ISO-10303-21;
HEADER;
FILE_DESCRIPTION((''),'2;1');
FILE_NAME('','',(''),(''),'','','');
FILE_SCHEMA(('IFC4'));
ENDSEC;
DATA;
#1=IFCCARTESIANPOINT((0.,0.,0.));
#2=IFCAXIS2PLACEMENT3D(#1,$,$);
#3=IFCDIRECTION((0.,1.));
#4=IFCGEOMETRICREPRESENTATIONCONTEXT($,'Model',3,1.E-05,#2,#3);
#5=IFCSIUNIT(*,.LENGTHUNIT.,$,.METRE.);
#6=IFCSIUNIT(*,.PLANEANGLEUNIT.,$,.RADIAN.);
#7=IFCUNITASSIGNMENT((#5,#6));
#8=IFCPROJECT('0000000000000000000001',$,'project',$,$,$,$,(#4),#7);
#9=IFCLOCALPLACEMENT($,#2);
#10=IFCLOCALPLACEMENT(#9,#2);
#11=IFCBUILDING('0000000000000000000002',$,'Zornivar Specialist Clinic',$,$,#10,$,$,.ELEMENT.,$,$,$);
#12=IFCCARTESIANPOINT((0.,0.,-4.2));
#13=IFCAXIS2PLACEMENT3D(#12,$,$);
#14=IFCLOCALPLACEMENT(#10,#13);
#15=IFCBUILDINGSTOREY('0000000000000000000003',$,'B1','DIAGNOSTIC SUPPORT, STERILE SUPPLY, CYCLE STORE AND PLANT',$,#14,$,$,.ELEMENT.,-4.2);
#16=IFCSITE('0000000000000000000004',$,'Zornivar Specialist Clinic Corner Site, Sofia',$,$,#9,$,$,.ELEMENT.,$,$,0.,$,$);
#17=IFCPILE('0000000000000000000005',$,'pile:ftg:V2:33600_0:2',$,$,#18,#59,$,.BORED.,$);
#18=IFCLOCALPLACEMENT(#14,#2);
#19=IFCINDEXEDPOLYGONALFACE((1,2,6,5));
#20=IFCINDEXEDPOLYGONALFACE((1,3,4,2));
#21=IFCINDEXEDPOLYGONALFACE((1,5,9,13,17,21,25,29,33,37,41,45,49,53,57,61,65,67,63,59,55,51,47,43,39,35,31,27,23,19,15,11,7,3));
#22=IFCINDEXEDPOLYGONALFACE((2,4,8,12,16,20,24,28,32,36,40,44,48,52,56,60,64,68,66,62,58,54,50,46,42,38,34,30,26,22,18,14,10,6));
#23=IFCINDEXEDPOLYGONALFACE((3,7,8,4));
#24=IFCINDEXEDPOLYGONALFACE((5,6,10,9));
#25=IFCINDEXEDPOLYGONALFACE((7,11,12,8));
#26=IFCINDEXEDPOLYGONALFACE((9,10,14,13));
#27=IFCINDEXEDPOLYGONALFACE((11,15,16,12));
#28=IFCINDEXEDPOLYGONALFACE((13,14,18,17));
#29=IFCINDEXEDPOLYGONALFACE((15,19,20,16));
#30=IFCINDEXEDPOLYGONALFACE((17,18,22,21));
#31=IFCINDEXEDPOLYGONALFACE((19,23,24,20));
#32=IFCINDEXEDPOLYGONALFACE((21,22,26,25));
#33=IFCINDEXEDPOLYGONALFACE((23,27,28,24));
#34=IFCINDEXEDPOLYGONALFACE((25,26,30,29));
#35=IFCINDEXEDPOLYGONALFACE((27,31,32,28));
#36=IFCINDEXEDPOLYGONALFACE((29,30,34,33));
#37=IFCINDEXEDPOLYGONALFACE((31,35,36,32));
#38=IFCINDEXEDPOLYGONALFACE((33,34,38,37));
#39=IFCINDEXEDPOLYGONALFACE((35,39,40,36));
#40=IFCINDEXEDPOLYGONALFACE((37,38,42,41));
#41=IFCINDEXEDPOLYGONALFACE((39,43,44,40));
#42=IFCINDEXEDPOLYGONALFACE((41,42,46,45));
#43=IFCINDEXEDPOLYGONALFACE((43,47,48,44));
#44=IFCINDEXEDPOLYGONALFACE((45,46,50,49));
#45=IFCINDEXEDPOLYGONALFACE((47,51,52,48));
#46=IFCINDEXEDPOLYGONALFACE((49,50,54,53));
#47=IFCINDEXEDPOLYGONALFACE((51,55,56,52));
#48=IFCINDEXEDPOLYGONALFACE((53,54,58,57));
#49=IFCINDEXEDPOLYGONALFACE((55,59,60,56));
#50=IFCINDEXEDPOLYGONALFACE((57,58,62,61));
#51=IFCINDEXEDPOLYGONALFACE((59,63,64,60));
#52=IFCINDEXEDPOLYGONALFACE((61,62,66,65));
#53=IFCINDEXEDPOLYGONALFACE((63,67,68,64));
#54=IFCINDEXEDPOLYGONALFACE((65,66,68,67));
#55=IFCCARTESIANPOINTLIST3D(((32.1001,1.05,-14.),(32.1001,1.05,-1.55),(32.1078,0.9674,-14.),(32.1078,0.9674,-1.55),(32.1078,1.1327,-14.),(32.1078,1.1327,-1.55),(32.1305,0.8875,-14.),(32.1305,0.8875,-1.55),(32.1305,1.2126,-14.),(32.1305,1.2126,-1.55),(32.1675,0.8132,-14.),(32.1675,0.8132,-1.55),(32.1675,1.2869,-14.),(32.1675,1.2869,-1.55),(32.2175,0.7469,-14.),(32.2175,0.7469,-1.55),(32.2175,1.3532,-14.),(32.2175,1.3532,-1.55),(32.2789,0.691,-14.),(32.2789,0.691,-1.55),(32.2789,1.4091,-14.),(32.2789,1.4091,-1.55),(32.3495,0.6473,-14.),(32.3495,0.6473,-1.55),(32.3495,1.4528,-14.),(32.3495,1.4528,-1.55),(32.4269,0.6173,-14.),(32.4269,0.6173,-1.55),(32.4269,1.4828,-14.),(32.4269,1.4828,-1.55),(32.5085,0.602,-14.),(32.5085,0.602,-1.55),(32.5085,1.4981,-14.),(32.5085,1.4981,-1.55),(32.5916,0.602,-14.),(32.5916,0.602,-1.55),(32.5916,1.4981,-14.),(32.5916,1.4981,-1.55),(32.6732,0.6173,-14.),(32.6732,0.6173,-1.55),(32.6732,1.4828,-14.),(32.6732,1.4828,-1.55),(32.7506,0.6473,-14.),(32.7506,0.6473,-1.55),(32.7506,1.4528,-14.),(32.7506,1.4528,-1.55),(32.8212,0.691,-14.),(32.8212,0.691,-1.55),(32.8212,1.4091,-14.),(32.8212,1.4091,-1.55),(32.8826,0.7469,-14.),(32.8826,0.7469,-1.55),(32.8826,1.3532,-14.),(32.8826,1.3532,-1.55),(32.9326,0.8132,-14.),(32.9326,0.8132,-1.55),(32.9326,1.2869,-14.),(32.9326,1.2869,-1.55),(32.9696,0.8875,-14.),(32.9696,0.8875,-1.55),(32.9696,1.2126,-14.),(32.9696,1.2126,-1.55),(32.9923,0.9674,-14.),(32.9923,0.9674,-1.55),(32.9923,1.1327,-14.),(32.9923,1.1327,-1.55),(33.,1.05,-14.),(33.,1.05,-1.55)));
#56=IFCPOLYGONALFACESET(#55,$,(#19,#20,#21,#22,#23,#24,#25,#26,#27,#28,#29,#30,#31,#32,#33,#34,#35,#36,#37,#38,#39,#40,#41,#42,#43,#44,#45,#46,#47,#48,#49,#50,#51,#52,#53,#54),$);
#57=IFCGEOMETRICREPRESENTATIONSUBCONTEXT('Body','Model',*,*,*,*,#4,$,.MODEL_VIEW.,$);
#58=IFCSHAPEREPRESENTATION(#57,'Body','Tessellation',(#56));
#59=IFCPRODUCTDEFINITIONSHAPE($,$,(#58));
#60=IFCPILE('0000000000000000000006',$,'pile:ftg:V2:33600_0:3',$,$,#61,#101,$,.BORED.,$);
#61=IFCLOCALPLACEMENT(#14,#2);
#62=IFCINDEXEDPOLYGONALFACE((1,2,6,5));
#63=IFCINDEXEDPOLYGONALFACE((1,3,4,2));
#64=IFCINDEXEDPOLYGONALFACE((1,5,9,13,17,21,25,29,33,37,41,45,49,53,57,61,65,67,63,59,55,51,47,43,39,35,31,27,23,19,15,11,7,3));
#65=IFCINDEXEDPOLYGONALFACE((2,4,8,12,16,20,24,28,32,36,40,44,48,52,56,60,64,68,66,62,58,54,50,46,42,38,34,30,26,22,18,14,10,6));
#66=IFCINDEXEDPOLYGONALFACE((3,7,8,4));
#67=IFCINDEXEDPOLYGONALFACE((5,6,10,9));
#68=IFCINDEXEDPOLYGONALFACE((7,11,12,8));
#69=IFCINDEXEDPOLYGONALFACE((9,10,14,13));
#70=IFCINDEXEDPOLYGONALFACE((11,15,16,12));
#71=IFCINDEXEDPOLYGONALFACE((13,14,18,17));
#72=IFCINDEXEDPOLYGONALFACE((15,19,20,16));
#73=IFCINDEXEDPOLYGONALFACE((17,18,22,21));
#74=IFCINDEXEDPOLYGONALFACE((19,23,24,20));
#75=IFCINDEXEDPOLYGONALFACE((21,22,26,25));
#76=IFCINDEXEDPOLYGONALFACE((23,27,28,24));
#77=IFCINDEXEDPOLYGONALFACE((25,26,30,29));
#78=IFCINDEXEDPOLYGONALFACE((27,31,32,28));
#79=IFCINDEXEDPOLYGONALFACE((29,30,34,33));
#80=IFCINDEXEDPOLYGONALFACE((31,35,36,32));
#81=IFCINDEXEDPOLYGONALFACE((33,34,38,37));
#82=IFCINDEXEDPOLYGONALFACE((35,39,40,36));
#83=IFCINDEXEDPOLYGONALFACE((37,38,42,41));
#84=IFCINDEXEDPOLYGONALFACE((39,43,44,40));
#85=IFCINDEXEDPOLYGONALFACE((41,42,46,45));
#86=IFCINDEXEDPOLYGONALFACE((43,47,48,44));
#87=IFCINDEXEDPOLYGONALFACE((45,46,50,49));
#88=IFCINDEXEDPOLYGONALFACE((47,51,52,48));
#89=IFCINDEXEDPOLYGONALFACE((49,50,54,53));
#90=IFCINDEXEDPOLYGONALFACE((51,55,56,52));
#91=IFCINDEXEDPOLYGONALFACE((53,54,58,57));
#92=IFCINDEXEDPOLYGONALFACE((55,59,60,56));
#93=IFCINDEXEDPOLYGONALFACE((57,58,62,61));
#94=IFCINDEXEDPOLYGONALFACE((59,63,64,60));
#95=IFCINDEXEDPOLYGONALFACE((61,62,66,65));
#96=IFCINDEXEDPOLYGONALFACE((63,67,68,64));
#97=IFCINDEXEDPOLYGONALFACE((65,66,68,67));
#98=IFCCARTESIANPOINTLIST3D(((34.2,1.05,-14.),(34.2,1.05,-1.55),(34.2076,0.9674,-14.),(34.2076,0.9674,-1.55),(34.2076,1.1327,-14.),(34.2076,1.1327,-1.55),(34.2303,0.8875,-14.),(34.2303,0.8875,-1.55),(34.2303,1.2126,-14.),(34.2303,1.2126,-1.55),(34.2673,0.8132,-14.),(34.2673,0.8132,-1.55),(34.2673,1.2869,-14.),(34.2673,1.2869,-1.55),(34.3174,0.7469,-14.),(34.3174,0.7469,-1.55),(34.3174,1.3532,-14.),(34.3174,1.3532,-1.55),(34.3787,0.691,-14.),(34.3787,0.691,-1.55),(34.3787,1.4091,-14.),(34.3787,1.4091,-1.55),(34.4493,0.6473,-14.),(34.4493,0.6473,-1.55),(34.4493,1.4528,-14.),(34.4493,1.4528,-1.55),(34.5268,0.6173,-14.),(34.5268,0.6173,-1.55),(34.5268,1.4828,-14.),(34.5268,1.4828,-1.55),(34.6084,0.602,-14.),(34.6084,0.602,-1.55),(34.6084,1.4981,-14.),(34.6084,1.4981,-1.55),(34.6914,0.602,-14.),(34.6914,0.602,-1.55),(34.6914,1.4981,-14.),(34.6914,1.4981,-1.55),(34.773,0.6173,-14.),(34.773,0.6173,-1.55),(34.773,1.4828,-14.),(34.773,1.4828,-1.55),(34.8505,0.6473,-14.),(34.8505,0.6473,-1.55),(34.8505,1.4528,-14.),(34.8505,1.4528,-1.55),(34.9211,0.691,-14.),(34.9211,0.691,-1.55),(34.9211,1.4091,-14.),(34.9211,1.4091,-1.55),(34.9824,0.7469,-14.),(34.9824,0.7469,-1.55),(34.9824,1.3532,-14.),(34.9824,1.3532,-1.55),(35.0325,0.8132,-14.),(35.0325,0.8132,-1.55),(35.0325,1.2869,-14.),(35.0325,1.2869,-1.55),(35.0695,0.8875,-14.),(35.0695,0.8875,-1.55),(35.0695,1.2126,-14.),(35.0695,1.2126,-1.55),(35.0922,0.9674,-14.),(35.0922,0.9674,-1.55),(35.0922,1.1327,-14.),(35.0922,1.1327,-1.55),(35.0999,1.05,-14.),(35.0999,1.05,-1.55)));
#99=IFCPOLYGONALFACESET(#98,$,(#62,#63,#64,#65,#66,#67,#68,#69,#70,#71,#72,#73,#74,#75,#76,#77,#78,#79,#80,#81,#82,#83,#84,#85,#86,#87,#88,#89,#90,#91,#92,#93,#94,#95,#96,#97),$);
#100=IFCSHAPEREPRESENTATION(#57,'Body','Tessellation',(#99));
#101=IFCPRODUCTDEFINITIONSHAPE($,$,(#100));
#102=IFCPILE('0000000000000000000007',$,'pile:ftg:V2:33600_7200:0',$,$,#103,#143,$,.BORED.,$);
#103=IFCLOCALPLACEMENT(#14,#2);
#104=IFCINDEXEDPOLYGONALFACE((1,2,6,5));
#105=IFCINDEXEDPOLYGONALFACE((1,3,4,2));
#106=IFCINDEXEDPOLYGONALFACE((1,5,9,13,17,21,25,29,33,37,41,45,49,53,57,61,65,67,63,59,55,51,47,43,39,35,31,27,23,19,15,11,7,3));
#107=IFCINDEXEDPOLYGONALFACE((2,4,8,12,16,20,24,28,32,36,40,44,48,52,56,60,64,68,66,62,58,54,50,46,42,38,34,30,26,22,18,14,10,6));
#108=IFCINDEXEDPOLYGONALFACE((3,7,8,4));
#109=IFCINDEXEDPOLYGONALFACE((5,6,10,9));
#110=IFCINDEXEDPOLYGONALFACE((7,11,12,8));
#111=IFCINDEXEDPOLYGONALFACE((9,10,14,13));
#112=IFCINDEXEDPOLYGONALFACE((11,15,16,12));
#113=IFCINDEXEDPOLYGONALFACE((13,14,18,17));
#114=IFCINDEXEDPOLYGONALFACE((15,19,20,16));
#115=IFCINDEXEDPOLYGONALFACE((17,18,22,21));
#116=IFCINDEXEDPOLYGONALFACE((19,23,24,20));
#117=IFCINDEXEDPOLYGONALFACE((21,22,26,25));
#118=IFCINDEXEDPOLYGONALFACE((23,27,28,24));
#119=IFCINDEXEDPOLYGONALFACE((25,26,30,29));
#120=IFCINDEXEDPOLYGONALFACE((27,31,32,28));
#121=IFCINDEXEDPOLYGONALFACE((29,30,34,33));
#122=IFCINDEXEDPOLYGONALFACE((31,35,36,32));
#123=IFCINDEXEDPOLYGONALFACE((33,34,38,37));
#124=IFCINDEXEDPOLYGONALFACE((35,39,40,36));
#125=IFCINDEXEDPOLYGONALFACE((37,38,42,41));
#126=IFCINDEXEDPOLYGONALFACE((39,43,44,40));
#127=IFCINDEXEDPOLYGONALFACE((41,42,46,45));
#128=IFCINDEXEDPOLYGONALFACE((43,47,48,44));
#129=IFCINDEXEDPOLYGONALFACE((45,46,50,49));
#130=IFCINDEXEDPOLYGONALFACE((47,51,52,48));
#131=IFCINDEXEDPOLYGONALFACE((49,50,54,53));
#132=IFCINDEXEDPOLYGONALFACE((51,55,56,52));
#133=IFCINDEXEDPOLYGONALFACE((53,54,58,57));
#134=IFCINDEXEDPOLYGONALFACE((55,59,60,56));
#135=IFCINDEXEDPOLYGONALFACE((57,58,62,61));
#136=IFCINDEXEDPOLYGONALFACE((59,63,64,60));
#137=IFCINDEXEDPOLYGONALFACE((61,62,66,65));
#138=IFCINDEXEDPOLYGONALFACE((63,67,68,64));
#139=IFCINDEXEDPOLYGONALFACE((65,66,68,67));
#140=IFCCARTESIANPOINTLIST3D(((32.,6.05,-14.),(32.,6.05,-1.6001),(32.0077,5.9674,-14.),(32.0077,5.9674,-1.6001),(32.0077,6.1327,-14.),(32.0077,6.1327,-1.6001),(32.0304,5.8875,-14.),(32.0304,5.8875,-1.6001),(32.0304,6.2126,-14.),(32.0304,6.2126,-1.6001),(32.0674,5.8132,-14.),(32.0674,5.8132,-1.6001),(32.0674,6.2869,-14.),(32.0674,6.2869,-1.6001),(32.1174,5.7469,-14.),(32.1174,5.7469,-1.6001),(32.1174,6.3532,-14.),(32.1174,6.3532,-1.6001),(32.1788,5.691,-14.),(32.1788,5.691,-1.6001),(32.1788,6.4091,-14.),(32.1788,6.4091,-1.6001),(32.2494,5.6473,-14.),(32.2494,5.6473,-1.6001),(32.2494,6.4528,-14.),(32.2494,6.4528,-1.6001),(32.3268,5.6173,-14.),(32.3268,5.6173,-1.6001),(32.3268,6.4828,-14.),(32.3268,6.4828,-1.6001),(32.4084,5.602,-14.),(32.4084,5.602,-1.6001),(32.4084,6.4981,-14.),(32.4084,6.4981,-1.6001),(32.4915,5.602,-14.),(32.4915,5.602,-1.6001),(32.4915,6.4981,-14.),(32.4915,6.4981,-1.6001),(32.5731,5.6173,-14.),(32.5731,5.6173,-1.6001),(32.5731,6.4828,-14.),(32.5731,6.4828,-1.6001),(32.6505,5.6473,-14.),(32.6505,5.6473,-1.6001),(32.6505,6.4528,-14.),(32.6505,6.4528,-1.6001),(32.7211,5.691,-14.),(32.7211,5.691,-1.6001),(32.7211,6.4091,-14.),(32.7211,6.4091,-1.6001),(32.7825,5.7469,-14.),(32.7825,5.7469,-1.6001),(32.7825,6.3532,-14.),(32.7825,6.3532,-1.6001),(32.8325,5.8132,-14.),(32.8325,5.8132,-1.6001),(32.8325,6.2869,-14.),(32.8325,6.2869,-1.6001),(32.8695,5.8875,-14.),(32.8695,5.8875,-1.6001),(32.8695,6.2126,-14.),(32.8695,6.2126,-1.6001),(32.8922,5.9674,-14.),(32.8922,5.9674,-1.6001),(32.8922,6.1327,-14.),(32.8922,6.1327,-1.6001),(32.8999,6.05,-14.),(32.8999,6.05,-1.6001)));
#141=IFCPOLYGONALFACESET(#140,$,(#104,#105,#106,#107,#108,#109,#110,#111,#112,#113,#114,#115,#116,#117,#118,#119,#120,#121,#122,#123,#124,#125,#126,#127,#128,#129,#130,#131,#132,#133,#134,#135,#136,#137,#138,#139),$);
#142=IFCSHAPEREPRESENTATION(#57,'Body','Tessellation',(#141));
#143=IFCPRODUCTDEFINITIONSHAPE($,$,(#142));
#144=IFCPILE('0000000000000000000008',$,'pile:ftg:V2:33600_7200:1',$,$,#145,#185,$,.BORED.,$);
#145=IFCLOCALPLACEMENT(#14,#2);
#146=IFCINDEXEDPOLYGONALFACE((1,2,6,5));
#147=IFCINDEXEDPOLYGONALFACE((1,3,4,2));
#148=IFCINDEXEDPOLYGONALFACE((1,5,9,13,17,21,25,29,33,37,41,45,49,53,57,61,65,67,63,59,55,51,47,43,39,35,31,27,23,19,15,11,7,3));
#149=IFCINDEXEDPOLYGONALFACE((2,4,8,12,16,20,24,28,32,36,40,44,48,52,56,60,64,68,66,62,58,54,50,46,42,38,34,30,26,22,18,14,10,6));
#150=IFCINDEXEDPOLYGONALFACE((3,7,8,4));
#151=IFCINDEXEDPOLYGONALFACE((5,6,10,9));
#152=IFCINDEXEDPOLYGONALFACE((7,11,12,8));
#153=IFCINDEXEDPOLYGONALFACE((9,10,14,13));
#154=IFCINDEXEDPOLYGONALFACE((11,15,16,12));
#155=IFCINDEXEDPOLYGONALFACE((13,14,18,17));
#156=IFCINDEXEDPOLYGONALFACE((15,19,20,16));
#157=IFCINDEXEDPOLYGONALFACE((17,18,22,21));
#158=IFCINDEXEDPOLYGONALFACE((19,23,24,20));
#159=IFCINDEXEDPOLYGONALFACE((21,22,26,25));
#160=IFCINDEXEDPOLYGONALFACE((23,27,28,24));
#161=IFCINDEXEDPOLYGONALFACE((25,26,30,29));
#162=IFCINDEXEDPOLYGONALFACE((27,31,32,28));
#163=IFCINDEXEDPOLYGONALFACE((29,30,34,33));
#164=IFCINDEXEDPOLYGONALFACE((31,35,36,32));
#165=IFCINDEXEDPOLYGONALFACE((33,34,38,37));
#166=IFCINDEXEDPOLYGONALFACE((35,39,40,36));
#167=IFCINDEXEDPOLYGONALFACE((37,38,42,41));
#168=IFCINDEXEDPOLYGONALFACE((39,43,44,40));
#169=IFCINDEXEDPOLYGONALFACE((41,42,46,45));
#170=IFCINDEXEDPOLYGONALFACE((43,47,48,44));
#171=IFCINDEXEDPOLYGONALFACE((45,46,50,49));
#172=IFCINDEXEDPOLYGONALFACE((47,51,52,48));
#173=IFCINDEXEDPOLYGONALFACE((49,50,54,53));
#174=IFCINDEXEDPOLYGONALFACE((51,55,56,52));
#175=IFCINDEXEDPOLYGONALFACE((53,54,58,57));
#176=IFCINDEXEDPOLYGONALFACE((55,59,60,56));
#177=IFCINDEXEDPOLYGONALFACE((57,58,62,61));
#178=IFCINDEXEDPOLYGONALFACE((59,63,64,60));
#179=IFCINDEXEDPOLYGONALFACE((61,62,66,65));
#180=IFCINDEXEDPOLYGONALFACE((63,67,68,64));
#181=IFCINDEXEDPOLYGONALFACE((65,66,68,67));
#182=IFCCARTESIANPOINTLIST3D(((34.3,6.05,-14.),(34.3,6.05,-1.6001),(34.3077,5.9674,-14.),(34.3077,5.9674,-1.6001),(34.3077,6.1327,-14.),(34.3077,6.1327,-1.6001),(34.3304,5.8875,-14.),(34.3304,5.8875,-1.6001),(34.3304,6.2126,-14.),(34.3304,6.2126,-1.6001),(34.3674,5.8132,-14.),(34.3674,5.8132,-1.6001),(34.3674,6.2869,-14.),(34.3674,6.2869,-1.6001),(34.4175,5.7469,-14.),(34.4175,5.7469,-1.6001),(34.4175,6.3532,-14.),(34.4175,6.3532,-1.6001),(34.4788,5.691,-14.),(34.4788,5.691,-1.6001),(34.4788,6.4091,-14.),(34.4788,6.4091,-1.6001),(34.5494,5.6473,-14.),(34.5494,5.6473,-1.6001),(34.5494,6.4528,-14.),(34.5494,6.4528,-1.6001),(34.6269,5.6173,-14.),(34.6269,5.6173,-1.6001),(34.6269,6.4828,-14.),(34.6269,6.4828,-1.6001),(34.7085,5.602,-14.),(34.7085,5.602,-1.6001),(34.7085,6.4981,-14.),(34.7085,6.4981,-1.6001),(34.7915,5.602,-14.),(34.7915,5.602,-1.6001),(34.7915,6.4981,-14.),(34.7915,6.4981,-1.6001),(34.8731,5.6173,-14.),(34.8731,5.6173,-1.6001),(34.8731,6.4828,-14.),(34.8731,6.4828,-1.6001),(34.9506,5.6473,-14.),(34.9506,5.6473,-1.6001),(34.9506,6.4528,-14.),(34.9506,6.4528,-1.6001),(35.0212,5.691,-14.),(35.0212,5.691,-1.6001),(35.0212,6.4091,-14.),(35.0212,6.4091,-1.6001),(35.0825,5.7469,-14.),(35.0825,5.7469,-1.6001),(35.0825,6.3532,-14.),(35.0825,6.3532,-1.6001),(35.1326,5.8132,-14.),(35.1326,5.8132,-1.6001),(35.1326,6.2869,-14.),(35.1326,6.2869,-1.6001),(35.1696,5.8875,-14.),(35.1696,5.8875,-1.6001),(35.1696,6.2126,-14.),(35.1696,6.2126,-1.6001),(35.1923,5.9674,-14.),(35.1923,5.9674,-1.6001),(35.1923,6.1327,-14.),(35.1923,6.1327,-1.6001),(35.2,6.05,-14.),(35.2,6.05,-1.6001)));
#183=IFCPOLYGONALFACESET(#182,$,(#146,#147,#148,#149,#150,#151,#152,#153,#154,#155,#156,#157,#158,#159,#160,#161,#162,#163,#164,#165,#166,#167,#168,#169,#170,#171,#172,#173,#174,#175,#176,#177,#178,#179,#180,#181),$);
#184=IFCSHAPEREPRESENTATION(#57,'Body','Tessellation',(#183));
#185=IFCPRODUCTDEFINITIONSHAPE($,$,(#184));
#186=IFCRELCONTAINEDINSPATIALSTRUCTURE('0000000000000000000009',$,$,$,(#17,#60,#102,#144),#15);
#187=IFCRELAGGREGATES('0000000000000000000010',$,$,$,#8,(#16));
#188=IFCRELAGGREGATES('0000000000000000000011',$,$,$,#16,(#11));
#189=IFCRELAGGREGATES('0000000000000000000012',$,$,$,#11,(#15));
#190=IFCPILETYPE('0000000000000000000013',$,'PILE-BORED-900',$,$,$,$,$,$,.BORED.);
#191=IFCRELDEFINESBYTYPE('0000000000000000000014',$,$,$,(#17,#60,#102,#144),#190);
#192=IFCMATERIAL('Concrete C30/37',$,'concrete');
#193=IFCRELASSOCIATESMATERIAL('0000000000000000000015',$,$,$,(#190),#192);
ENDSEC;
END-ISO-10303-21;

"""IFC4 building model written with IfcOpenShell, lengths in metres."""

from ifc_helpers import new_model, si_unit, direction, frame, origin, origin_2d, place, context, subcontext, project, spatial, circle, extrude, material, material_profile, profile_set, type_object, element, save


model = new_model("IFC4")

# Units and contexts
model_context = context("Model", 3, precision=1e-05, world=origin(), true_north=direction((0.0, 1.0)))
body_context = subcontext(model_context, "Body", "Model", "MODEL_VIEW")
ifc_project = project(units=[si_unit("LENGTHUNIT", "METRE"), si_unit("PLANEANGLEUNIT", "RADIAN")], contexts=[model_context])

# Site, building, storey
site_placement = place(None, origin())
site = spatial("IfcSite", under=ifc_project, at=site_placement, Name="Zornivar Specialist Clinic Corner Site, Sofia", CompositionType="ELEMENT", RefElevation=0.0)
building_placement = place(site_placement, origin())
building = spatial("IfcBuilding", under=site, at=building_placement, Name="Zornivar Specialist Clinic", CompositionType="ELEMENT")
storey_placement = place(building_placement, frame((0.0, 0.0, -4.2)))
storey = spatial("IfcBuildingStorey", under=building, at=storey_placement, Name="B1", Description="DIAGNOSTIC SUPPORT, STERILE SUPPLY, CYCLE STORE AND PLANT", CompositionType="ELEMENT", Elevation=-4.2)

# Piles
ifc_material_1 = material(Name="Concrete C30/37", Category="concrete")
ifc_material_profile_1 = material_profile(ifc_material_1, circle(Radius=0.45, at=origin_2d()), Name="PILE D900")
ifc_profile_set_1 = profile_set([ifc_material_profile_1], Name="Concrete C30/37")
pile_type = type_object("IfcPileType", Name="PILE-BORED-900", PredefinedType="BORED", material=ifc_profile_set_1)
for number, where, z_axis, x_axis, name in (
    (1, (32.55, 1.05, -1.55), (0.0, 0.0, -1.0), (1.0, 0.0, 0.0), "pile:ftg:V2:33600_0:2"),
    (2, (34.6499, 1.05, -1.55), (0.0, 0.0, -1.0), (1.0, 0.0, 0.0), "pile:ftg:V2:33600_0:3"),
):
    element("IfcPile", number, at=place(storey_placement, frame(where, z_axis=z_axis, x_axis=x_axis)), inside=storey, type_object=pile_type, Name=name, PredefinedType="BORED", context=body_context, shape_type="SweptSolid", body=[
        extrude(circle(Radius=0.45, at=origin_2d()), origin(), (0.0, 0.0, 1.0), 12.45),
    ])
for number, where, z_axis, x_axis, name in (
    (3, (32.45, 6.05, -1.6001), (0.0, 0.0, -1.0), (1.0, 0.0, 0.0), "pile:ftg:V2:33600_7200:0"),
    (4, (34.75, 6.05, -1.6001), (0.0, 0.0, -1.0), (1.0, 0.0, 0.0), "pile:ftg:V2:33600_7200:1"),
):
    element("IfcPile", number, at=place(storey_placement, frame(where, z_axis=z_axis, x_axis=x_axis)), inside=storey, type_object=pile_type, Name=name, PredefinedType="BORED", context=body_context, shape_type="SweptSolid", body=[
        extrude(circle(Radius=0.45, at=origin_2d()), origin(), (0.0, 0.0, 1.0), 12.3999),
    ])

save(model, "model.ifc")
